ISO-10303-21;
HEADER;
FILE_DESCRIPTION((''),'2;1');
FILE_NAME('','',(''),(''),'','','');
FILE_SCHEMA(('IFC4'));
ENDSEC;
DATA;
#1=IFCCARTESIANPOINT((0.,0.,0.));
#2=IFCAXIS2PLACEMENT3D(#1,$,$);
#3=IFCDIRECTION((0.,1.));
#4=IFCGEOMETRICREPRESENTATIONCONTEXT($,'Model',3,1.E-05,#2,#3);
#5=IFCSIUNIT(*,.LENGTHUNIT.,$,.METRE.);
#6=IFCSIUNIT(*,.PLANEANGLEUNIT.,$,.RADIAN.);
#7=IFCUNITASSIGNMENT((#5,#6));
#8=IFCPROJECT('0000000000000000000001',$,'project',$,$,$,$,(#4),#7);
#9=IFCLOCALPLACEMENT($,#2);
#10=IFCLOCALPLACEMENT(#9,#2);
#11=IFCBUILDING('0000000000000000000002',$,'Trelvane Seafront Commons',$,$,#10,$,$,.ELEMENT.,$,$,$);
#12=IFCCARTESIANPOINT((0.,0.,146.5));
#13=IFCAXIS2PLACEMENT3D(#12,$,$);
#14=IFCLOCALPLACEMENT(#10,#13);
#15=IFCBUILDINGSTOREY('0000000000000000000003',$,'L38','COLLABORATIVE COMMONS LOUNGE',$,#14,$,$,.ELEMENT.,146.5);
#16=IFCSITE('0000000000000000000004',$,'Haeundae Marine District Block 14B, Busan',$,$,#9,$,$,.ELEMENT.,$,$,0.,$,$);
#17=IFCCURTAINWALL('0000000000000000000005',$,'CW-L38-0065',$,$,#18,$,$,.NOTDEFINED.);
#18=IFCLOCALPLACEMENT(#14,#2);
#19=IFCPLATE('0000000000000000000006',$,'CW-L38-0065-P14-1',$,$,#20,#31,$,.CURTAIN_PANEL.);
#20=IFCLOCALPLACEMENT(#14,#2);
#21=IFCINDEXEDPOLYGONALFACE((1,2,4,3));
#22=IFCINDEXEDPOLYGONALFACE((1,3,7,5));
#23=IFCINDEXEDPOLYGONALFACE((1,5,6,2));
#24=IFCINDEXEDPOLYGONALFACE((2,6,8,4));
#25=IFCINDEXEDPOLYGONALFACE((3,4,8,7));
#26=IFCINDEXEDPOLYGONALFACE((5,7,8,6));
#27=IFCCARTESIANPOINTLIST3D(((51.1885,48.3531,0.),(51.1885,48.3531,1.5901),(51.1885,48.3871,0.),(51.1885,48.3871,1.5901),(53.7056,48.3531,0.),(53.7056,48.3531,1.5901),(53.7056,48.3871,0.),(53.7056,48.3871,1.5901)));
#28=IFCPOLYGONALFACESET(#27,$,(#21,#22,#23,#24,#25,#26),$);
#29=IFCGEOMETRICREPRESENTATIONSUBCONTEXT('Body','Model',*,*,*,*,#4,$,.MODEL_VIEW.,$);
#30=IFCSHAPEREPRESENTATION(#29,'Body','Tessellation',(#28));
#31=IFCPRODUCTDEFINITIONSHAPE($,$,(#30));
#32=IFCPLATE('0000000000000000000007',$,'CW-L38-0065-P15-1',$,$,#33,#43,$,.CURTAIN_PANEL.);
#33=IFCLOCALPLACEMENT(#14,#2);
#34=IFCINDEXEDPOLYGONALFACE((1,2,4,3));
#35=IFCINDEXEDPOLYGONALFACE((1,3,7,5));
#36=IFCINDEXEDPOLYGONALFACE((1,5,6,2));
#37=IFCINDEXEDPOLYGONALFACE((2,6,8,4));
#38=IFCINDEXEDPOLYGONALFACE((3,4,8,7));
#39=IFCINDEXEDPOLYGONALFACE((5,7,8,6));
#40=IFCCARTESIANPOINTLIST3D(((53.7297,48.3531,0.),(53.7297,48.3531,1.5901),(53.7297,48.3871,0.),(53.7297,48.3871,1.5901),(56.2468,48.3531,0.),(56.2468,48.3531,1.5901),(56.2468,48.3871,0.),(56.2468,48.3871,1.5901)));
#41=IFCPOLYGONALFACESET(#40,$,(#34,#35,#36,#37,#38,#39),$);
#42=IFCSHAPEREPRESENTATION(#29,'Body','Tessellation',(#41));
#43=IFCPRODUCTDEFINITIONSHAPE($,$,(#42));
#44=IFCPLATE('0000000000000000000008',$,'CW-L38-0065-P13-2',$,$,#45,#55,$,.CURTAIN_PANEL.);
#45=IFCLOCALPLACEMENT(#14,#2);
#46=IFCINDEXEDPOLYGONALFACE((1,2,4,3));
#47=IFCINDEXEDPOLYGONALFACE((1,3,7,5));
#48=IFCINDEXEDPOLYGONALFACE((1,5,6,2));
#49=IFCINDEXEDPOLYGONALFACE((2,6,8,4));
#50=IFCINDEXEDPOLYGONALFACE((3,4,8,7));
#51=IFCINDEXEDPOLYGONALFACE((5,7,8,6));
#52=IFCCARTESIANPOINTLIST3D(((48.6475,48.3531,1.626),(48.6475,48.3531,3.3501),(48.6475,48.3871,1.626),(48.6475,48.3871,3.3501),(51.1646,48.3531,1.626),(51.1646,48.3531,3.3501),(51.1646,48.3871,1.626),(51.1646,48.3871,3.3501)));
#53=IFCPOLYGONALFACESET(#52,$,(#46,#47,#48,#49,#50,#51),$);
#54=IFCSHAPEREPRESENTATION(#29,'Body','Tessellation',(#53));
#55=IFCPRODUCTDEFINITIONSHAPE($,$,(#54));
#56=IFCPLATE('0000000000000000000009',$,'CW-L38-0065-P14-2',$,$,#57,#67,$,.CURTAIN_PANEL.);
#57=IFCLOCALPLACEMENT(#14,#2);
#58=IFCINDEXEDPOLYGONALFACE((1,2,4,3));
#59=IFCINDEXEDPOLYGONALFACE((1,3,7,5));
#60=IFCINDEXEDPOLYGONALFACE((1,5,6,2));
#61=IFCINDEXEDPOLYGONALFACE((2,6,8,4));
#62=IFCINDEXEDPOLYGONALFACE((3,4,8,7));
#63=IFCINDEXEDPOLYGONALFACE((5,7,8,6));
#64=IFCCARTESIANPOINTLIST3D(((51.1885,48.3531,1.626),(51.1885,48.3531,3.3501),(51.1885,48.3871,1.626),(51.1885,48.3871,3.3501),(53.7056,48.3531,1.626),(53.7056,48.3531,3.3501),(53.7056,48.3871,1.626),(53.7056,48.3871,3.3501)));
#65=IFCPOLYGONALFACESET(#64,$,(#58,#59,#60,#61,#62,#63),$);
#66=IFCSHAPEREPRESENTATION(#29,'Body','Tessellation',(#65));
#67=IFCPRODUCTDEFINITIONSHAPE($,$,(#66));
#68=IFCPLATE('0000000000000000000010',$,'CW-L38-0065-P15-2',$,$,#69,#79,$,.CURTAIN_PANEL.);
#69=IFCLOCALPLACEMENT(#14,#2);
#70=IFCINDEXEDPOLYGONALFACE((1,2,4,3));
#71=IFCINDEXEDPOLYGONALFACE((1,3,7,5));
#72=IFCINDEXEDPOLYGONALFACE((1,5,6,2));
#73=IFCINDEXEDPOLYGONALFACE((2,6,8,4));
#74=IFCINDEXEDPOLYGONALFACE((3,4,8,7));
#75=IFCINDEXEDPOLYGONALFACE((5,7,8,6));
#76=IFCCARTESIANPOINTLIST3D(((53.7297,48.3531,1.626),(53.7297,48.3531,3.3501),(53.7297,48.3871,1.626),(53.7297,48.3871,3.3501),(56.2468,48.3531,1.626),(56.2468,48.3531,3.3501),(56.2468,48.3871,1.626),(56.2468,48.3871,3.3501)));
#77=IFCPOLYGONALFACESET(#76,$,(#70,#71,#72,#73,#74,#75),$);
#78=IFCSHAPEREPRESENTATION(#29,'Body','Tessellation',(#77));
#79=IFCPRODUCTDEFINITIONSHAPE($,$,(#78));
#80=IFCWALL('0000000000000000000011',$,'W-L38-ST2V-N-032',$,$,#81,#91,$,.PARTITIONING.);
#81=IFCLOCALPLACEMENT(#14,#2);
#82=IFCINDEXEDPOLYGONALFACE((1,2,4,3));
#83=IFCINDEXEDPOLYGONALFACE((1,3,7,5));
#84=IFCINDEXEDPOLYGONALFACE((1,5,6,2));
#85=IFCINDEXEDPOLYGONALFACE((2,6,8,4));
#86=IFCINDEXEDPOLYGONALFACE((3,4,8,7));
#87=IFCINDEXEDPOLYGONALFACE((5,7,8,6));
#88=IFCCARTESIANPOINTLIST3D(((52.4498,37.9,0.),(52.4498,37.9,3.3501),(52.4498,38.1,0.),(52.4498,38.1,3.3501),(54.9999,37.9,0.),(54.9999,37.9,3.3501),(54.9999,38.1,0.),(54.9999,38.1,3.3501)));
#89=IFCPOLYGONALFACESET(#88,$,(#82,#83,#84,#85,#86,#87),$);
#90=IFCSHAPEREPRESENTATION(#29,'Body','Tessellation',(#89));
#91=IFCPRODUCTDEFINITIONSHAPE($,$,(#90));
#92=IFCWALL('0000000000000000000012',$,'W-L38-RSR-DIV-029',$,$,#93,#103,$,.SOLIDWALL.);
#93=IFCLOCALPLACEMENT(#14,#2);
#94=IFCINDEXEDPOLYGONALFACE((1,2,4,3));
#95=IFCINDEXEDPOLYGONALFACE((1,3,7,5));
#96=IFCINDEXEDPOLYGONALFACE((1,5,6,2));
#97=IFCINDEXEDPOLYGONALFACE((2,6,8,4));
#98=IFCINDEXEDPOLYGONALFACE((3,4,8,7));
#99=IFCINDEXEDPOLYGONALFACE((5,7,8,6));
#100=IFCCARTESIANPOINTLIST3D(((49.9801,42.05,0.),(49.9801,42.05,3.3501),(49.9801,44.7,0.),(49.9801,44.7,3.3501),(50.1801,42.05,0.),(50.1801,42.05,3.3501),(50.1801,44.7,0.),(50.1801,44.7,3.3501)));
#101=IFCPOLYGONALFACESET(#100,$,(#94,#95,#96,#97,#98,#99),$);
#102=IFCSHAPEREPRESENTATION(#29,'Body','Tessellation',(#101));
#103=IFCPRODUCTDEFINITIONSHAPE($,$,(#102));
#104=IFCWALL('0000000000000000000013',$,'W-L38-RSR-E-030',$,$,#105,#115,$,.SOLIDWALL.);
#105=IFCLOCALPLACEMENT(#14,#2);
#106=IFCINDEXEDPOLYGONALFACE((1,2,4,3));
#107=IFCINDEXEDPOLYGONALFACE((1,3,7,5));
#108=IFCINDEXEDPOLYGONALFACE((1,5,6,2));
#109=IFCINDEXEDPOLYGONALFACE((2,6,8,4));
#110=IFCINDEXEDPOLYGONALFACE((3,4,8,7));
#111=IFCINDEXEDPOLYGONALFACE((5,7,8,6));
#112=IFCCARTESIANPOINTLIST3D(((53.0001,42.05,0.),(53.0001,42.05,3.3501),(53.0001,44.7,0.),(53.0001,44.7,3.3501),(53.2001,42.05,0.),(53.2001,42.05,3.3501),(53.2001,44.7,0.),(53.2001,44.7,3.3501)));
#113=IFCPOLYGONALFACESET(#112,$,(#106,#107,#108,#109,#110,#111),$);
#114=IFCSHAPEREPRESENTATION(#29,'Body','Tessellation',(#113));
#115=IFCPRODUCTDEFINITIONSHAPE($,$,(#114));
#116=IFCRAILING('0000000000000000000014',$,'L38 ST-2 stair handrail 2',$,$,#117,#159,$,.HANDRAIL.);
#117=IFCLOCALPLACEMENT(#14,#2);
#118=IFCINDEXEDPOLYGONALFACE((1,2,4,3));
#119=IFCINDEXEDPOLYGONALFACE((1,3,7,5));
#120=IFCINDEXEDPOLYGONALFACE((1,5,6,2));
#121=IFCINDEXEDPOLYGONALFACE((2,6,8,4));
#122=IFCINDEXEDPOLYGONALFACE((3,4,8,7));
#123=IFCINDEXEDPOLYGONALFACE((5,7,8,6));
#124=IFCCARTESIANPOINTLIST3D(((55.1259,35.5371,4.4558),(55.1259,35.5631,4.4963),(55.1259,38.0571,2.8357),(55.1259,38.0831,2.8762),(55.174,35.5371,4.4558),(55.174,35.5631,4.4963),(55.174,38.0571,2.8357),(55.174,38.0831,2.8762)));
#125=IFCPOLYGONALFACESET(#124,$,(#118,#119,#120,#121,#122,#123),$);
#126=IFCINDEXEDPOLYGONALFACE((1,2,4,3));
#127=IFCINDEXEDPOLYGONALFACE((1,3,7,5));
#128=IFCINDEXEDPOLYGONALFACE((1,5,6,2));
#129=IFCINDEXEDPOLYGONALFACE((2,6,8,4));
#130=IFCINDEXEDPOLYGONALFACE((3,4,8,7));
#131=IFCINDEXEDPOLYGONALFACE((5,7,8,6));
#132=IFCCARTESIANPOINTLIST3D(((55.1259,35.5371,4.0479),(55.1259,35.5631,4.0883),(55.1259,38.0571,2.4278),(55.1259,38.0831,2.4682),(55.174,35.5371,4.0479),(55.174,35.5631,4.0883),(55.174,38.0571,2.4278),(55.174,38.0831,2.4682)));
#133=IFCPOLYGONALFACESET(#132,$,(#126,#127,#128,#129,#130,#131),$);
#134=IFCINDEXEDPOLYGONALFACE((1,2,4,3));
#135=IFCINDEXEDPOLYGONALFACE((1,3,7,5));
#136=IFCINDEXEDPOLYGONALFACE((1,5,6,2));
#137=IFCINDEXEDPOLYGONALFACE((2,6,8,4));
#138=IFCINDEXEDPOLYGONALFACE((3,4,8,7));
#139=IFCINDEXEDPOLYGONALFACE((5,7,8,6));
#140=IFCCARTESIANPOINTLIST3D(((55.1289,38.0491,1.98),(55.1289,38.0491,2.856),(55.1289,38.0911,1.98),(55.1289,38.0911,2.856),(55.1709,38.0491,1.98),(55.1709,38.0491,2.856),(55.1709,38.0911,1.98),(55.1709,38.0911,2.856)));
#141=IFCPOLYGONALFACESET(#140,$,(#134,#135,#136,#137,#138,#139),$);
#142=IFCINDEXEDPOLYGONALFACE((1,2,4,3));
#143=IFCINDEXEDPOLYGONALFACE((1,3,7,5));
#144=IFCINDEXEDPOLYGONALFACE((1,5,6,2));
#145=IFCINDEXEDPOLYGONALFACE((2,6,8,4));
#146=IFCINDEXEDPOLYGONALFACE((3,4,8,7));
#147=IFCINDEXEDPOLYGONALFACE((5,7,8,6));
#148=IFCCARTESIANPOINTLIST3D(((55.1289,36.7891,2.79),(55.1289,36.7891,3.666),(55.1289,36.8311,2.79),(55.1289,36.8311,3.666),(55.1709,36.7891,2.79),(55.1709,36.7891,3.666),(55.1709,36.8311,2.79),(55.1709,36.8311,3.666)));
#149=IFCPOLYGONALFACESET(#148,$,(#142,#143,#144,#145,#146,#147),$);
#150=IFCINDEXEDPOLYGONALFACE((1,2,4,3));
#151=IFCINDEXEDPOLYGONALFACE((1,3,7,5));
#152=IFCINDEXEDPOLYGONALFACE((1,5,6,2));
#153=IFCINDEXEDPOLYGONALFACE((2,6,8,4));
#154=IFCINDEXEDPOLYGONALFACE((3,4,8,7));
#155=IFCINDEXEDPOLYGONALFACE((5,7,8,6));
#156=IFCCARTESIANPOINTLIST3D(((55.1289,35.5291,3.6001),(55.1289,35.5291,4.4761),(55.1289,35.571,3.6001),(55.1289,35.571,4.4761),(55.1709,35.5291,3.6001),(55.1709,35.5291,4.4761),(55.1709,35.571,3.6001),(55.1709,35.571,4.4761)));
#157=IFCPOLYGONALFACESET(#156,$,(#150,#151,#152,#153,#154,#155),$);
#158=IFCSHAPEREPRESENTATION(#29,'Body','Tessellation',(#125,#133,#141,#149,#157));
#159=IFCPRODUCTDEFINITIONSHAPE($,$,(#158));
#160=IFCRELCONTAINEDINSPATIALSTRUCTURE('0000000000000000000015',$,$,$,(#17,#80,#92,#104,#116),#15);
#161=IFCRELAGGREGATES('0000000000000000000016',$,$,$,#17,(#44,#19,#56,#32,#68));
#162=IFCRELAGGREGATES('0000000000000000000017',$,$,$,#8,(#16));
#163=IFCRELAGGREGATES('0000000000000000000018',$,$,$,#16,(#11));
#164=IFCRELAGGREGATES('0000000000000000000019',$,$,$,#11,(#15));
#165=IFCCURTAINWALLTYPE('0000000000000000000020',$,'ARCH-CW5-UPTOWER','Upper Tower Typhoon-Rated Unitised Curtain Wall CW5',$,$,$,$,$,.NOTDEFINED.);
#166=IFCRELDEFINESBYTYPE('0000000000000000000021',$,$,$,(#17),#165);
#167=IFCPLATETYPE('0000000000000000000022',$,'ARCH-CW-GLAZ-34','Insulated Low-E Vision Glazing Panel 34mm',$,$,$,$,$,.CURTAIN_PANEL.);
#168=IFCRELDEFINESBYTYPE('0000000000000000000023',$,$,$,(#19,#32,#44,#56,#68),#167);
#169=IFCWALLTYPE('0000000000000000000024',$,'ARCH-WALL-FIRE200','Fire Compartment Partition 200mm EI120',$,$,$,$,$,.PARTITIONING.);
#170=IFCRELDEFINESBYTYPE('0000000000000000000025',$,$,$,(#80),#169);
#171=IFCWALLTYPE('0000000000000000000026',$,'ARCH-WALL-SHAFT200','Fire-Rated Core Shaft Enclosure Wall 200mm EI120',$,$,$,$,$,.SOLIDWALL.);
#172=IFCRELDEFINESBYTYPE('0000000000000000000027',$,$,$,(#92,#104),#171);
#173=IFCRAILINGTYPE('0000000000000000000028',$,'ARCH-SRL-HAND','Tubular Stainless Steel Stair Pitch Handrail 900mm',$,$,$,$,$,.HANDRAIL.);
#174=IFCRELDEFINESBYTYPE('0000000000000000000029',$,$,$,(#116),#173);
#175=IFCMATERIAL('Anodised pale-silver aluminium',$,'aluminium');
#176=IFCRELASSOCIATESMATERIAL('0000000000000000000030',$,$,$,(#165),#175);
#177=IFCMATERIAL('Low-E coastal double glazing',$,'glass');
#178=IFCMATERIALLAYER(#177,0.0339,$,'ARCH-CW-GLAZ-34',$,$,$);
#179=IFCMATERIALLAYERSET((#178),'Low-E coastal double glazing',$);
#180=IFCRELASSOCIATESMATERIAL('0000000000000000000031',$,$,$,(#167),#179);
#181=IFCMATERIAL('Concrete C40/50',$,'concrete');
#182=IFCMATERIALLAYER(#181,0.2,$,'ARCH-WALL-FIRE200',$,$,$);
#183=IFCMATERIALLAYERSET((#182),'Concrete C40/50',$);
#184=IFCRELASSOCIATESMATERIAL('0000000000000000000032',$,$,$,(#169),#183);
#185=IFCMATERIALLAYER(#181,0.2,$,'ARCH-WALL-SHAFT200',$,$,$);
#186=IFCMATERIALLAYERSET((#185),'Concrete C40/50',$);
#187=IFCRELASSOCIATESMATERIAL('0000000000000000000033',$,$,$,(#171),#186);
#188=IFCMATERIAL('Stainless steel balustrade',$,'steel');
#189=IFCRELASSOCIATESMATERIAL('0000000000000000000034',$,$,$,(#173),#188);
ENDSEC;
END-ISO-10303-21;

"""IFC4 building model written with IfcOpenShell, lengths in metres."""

from ifc_helpers import new_model, si_unit, direction, frame, frame_2d, origin, origin_2d, place, context, subcontext, project, spatial, rectangle, extrude, source, transform, mapped, material, layer, layer_set, type_object, element, aggregate, save


model = new_model("IFC4")

# Units and contexts
model_context = context("Model", 3, precision=1e-05, world=origin(), true_north=direction((0.0, 1.0)))
body_context = subcontext(model_context, "Body", "Model", "MODEL_VIEW")
ifc_project = project(units=[si_unit("LENGTHUNIT", "METRE"), si_unit("PLANEANGLEUNIT", "RADIAN")], contexts=[model_context])

# Site, building, storey
site_placement = place(None, origin())
site = spatial("IfcSite", under=ifc_project, at=site_placement, Name="Haeundae Marine District Block 14B, Busan", CompositionType="ELEMENT", RefElevation=0.0)
building_placement = place(site_placement, origin())
building = spatial("IfcBuilding", under=site, at=building_placement, Name="Trelvane Seafront Commons", CompositionType="ELEMENT")
storey_placement = place(building_placement, frame((0.0, 0.0, 146.5)))
storey = spatial("IfcBuildingStorey", under=building, at=storey_placement, Name="L38", Description="COLLABORATIVE COMMONS LOUNGE", CompositionType="ELEMENT", Elevation=146.5)

# Curtain wall
ifc_material_1 = material(Name="Anodised pale-silver aluminium", Category="aluminium")
curtain_wall_type = type_object("IfcCurtainWallType", Name="ARCH-CW5-UPTOWER", Description="Upper Tower Typhoon-Rated Unitised Curtain Wall CW5", PredefinedType="NOTDEFINED", material=ifc_material_1)
curtain_wall_placement = place(storey_placement, origin())
curtain_wall = element("IfcCurtainWall", 1, at=curtain_wall_placement, inside=storey, type_object=curtain_wall_type, Name="CW-L38-0065", PredefinedType="NOTDEFINED")

# Plates
ifc_material_2 = material(Name="Low-E coastal double glazing", Category="glass")
ifc_layer_1 = layer(ifc_material_2, 0.0339, Name="ARCH-CW-GLAZ-34")
ifc_layer_set_1 = layer_set([ifc_layer_1], Name="Low-E coastal double glazing")
plate_type_1 = type_object("IfcPlateType", Name="ARCH-CW-GLAZ-34", Description="Insulated Low-E Vision Glazing Panel 34mm", PredefinedType="CURTAIN_PANEL", material=ifc_layer_set_1)
shared_shape_1 = source(origin(), body_context, "Body", "SweptSolid", [
    extrude(rectangle(XDim=2.5171, YDim=0.0339, at=origin_2d()), origin(), (0.0, 0.0, 1.0), 1.5901),
])
plate_1_placement = place(storey_placement, frame((52.447, 48.3701, 0.0), z_axis=(0.0, 0.0, 1.0), x_axis=(1.0, 0.0, 0.0)))
plate_1 = element("IfcPlate", 2, at=plate_1_placement, type_object=plate_type_1, Name="CW-L38-0065-P14-1", PredefinedType="CURTAIN_PANEL", context=body_context, shape_type="MappedRepresentation", body=[
    mapped(shared_shape_1, transform((0.0, 0.0, 0.0), x_axis=(1.0, 0.0, 0.0), y_axis=(0.0, 1.0, 0.0), z_axis=(0.0, 0.0, 1.0), scale=1.0)),
])
plate_2_placement = place(storey_placement, frame((54.9883, 48.3701, 0.0), z_axis=(0.0, 0.0, 1.0), x_axis=(1.0, 0.0, 0.0)))
plate_2 = element("IfcPlate", 3, at=plate_2_placement, type_object=plate_type_1, Name="CW-L38-0065-P15-1", PredefinedType="CURTAIN_PANEL", context=body_context, shape_type="MappedRepresentation", body=[
    mapped(shared_shape_1, transform((0.0, 0.0, 0.0), x_axis=(1.0, 0.0, 0.0), y_axis=(0.0, 1.0, 0.0), z_axis=(0.0, 0.0, 1.0), scale=1.0)),
])
shared_shape_2 = source(origin(), body_context, "Body", "SweptSolid", [
    extrude(rectangle(XDim=2.5171, YDim=0.0339, at=origin_2d()), origin(), (0.0, 0.0, 1.0), 1.7241),
])
plate_3_placement = place(storey_placement, frame((49.906, 48.3701, 1.626), z_axis=(0.0, 0.0, 1.0), x_axis=(1.0, 0.0, 0.0)))
plate_3 = element("IfcPlate", 4, at=plate_3_placement, type_object=plate_type_1, Name="CW-L38-0065-P13-2", PredefinedType="CURTAIN_PANEL", context=body_context, shape_type="MappedRepresentation", body=[
    mapped(shared_shape_2, transform((0.0, 0.0, 0.0), x_axis=(1.0, 0.0, 0.0), y_axis=(0.0, 1.0, 0.0), z_axis=(0.0, 0.0, 1.0), scale=1.0)),
])
plate_4_placement = place(storey_placement, frame((52.447, 48.3701, 1.626), z_axis=(0.0, 0.0, 1.0), x_axis=(1.0, 0.0, 0.0)))
plate_4 = element("IfcPlate", 5, at=plate_4_placement, type_object=plate_type_1, Name="CW-L38-0065-P14-2", PredefinedType="CURTAIN_PANEL", context=body_context, shape_type="MappedRepresentation", body=[
    mapped(shared_shape_2, transform((0.0, 0.0, 0.0), x_axis=(1.0, 0.0, 0.0), y_axis=(0.0, 1.0, 0.0), z_axis=(0.0, 0.0, 1.0), scale=1.0)),
])
plate_5_placement = place(storey_placement, frame((54.9883, 48.3701, 1.626), z_axis=(0.0, 0.0, 1.0), x_axis=(1.0, 0.0, 0.0)))
plate_5 = element("IfcPlate", 6, at=plate_5_placement, type_object=plate_type_1, Name="CW-L38-0065-P15-2", PredefinedType="CURTAIN_PANEL", context=body_context, shape_type="MappedRepresentation", body=[
    mapped(shared_shape_2, transform((0.0, 0.0, 0.0), x_axis=(1.0, 0.0, 0.0), y_axis=(0.0, 1.0, 0.0), z_axis=(0.0, 0.0, 1.0), scale=1.0)),
])
aggregate(curtain_wall, [plate_3, plate_1, plate_4, plate_2, plate_5])

# Walls
ifc_material_3 = material(Name="Concrete C40/50", Category="concrete")
ifc_layer_2 = layer(ifc_material_3, 0.2, Name="ARCH-WALL-FIRE200")
ifc_layer_set_2 = layer_set([ifc_layer_2], Name="Concrete C40/50")
wall_type_1 = type_object("IfcWallType", Name="ARCH-WALL-FIRE200", Description="Fire Compartment Partition 200mm EI120", PredefinedType="PARTITIONING", material=ifc_layer_set_2)
wall_placement = place(storey_placement, frame((52.45, 38.0, 0.0), z_axis=(0.0, 0.0, 1.0), x_axis=(1.0, 0.0, 0.0)))
element("IfcWall", 7, at=wall_placement, inside=storey, type_object=wall_type_1, Name="W-L38-ST2V-N-032", PredefinedType="PARTITIONING", context=body_context, shape_type="SweptSolid", body=[
    extrude(rectangle(XDim=2.55, YDim=0.2, at=frame_2d((1.2749, 0.0))), origin(), (0.0, 0.0, 1.0), 3.3501),
])
ifc_layer_3 = layer(ifc_material_3, 0.2, Name="ARCH-WALL-SHAFT200")
ifc_layer_set_3 = layer_set([ifc_layer_3], Name="Concrete C40/50")
wall_type_2 = type_object("IfcWallType", Name="ARCH-WALL-SHAFT200", Description="Fire-Rated Core Shaft Enclosure Wall 200mm EI120", PredefinedType="SOLIDWALL", material=ifc_layer_set_3)
for number, where, z_axis, x_axis, name in (
    (8, (50.0801, 42.05, 0.0), (0.0, 0.0, 1.0), (0.0, 1.0, 0.0), "W-L38-RSR-DIV-029"),
    (9, (53.1001, 42.05, 0.0), (0.0, 0.0, 1.0), (0.0, 1.0, 0.0), "W-L38-RSR-E-030"),
):
    element("IfcWall", number, at=place(storey_placement, frame(where, z_axis=z_axis, x_axis=x_axis)), inside=storey, type_object=wall_type_2, Name=name, PredefinedType="SOLIDWALL", context=body_context, shape_type="SweptSolid", body=[
        extrude(rectangle(XDim=2.6499, YDim=0.2, at=frame_2d((1.325, 0.0))), origin(), (0.0, 0.0, 1.0), 3.3501),
    ])

# Railing
ifc_material_4 = material(Name="Stainless steel balustrade", Category="steel")
railing_type = type_object("IfcRailingType", Name="ARCH-SRL-HAND", Description="Tubular Stainless Steel Stair Pitch Handrail 900mm", PredefinedType="HANDRAIL", material=ifc_material_4)
railing_placement = place(storey_placement, frame((55.1499, 38.0701, 1.98)))
element("IfcRailing", 10, at=railing_placement, inside=storey, type_object=railing_type, Name="L38 ST-2 stair handrail 2", PredefinedType="HANDRAIL", context=body_context, shape_type="SweptSolid", body=[
    extrude(rectangle(XDim=0.0481, YDim=0.0481, at=origin_2d()), frame((0.0, 0.0, 0.876), z_axis=(0.0, -0.841163, 0.540782), x_axis=(1.0, 0.0, 0.0)), (0.0, 0.0, 1.0), 2.9958),
    extrude(rectangle(XDim=0.0481, YDim=0.0481, at=origin_2d()), frame((0.0, 0.0, 0.468), z_axis=(0.0, -0.841163, 0.540782), x_axis=(1.0, 0.0, 0.0)), (0.0, 0.0, 1.0), 2.9958),
    extrude(rectangle(XDim=0.042, YDim=0.042, at=origin_2d()), origin(), (0.0, 0.0, 1.0), 0.876),
    extrude(rectangle(XDim=0.042, YDim=0.042, at=origin_2d()), frame((0.0, -1.26, 0.8101)), (0.0, 0.0, 1.0), 0.876),
    extrude(rectangle(XDim=0.042, YDim=0.042, at=origin_2d()), frame((0.0, -2.52, 1.6201)), (0.0, 0.0, 1.0), 0.876),
])

save(model, "model.ifc")
